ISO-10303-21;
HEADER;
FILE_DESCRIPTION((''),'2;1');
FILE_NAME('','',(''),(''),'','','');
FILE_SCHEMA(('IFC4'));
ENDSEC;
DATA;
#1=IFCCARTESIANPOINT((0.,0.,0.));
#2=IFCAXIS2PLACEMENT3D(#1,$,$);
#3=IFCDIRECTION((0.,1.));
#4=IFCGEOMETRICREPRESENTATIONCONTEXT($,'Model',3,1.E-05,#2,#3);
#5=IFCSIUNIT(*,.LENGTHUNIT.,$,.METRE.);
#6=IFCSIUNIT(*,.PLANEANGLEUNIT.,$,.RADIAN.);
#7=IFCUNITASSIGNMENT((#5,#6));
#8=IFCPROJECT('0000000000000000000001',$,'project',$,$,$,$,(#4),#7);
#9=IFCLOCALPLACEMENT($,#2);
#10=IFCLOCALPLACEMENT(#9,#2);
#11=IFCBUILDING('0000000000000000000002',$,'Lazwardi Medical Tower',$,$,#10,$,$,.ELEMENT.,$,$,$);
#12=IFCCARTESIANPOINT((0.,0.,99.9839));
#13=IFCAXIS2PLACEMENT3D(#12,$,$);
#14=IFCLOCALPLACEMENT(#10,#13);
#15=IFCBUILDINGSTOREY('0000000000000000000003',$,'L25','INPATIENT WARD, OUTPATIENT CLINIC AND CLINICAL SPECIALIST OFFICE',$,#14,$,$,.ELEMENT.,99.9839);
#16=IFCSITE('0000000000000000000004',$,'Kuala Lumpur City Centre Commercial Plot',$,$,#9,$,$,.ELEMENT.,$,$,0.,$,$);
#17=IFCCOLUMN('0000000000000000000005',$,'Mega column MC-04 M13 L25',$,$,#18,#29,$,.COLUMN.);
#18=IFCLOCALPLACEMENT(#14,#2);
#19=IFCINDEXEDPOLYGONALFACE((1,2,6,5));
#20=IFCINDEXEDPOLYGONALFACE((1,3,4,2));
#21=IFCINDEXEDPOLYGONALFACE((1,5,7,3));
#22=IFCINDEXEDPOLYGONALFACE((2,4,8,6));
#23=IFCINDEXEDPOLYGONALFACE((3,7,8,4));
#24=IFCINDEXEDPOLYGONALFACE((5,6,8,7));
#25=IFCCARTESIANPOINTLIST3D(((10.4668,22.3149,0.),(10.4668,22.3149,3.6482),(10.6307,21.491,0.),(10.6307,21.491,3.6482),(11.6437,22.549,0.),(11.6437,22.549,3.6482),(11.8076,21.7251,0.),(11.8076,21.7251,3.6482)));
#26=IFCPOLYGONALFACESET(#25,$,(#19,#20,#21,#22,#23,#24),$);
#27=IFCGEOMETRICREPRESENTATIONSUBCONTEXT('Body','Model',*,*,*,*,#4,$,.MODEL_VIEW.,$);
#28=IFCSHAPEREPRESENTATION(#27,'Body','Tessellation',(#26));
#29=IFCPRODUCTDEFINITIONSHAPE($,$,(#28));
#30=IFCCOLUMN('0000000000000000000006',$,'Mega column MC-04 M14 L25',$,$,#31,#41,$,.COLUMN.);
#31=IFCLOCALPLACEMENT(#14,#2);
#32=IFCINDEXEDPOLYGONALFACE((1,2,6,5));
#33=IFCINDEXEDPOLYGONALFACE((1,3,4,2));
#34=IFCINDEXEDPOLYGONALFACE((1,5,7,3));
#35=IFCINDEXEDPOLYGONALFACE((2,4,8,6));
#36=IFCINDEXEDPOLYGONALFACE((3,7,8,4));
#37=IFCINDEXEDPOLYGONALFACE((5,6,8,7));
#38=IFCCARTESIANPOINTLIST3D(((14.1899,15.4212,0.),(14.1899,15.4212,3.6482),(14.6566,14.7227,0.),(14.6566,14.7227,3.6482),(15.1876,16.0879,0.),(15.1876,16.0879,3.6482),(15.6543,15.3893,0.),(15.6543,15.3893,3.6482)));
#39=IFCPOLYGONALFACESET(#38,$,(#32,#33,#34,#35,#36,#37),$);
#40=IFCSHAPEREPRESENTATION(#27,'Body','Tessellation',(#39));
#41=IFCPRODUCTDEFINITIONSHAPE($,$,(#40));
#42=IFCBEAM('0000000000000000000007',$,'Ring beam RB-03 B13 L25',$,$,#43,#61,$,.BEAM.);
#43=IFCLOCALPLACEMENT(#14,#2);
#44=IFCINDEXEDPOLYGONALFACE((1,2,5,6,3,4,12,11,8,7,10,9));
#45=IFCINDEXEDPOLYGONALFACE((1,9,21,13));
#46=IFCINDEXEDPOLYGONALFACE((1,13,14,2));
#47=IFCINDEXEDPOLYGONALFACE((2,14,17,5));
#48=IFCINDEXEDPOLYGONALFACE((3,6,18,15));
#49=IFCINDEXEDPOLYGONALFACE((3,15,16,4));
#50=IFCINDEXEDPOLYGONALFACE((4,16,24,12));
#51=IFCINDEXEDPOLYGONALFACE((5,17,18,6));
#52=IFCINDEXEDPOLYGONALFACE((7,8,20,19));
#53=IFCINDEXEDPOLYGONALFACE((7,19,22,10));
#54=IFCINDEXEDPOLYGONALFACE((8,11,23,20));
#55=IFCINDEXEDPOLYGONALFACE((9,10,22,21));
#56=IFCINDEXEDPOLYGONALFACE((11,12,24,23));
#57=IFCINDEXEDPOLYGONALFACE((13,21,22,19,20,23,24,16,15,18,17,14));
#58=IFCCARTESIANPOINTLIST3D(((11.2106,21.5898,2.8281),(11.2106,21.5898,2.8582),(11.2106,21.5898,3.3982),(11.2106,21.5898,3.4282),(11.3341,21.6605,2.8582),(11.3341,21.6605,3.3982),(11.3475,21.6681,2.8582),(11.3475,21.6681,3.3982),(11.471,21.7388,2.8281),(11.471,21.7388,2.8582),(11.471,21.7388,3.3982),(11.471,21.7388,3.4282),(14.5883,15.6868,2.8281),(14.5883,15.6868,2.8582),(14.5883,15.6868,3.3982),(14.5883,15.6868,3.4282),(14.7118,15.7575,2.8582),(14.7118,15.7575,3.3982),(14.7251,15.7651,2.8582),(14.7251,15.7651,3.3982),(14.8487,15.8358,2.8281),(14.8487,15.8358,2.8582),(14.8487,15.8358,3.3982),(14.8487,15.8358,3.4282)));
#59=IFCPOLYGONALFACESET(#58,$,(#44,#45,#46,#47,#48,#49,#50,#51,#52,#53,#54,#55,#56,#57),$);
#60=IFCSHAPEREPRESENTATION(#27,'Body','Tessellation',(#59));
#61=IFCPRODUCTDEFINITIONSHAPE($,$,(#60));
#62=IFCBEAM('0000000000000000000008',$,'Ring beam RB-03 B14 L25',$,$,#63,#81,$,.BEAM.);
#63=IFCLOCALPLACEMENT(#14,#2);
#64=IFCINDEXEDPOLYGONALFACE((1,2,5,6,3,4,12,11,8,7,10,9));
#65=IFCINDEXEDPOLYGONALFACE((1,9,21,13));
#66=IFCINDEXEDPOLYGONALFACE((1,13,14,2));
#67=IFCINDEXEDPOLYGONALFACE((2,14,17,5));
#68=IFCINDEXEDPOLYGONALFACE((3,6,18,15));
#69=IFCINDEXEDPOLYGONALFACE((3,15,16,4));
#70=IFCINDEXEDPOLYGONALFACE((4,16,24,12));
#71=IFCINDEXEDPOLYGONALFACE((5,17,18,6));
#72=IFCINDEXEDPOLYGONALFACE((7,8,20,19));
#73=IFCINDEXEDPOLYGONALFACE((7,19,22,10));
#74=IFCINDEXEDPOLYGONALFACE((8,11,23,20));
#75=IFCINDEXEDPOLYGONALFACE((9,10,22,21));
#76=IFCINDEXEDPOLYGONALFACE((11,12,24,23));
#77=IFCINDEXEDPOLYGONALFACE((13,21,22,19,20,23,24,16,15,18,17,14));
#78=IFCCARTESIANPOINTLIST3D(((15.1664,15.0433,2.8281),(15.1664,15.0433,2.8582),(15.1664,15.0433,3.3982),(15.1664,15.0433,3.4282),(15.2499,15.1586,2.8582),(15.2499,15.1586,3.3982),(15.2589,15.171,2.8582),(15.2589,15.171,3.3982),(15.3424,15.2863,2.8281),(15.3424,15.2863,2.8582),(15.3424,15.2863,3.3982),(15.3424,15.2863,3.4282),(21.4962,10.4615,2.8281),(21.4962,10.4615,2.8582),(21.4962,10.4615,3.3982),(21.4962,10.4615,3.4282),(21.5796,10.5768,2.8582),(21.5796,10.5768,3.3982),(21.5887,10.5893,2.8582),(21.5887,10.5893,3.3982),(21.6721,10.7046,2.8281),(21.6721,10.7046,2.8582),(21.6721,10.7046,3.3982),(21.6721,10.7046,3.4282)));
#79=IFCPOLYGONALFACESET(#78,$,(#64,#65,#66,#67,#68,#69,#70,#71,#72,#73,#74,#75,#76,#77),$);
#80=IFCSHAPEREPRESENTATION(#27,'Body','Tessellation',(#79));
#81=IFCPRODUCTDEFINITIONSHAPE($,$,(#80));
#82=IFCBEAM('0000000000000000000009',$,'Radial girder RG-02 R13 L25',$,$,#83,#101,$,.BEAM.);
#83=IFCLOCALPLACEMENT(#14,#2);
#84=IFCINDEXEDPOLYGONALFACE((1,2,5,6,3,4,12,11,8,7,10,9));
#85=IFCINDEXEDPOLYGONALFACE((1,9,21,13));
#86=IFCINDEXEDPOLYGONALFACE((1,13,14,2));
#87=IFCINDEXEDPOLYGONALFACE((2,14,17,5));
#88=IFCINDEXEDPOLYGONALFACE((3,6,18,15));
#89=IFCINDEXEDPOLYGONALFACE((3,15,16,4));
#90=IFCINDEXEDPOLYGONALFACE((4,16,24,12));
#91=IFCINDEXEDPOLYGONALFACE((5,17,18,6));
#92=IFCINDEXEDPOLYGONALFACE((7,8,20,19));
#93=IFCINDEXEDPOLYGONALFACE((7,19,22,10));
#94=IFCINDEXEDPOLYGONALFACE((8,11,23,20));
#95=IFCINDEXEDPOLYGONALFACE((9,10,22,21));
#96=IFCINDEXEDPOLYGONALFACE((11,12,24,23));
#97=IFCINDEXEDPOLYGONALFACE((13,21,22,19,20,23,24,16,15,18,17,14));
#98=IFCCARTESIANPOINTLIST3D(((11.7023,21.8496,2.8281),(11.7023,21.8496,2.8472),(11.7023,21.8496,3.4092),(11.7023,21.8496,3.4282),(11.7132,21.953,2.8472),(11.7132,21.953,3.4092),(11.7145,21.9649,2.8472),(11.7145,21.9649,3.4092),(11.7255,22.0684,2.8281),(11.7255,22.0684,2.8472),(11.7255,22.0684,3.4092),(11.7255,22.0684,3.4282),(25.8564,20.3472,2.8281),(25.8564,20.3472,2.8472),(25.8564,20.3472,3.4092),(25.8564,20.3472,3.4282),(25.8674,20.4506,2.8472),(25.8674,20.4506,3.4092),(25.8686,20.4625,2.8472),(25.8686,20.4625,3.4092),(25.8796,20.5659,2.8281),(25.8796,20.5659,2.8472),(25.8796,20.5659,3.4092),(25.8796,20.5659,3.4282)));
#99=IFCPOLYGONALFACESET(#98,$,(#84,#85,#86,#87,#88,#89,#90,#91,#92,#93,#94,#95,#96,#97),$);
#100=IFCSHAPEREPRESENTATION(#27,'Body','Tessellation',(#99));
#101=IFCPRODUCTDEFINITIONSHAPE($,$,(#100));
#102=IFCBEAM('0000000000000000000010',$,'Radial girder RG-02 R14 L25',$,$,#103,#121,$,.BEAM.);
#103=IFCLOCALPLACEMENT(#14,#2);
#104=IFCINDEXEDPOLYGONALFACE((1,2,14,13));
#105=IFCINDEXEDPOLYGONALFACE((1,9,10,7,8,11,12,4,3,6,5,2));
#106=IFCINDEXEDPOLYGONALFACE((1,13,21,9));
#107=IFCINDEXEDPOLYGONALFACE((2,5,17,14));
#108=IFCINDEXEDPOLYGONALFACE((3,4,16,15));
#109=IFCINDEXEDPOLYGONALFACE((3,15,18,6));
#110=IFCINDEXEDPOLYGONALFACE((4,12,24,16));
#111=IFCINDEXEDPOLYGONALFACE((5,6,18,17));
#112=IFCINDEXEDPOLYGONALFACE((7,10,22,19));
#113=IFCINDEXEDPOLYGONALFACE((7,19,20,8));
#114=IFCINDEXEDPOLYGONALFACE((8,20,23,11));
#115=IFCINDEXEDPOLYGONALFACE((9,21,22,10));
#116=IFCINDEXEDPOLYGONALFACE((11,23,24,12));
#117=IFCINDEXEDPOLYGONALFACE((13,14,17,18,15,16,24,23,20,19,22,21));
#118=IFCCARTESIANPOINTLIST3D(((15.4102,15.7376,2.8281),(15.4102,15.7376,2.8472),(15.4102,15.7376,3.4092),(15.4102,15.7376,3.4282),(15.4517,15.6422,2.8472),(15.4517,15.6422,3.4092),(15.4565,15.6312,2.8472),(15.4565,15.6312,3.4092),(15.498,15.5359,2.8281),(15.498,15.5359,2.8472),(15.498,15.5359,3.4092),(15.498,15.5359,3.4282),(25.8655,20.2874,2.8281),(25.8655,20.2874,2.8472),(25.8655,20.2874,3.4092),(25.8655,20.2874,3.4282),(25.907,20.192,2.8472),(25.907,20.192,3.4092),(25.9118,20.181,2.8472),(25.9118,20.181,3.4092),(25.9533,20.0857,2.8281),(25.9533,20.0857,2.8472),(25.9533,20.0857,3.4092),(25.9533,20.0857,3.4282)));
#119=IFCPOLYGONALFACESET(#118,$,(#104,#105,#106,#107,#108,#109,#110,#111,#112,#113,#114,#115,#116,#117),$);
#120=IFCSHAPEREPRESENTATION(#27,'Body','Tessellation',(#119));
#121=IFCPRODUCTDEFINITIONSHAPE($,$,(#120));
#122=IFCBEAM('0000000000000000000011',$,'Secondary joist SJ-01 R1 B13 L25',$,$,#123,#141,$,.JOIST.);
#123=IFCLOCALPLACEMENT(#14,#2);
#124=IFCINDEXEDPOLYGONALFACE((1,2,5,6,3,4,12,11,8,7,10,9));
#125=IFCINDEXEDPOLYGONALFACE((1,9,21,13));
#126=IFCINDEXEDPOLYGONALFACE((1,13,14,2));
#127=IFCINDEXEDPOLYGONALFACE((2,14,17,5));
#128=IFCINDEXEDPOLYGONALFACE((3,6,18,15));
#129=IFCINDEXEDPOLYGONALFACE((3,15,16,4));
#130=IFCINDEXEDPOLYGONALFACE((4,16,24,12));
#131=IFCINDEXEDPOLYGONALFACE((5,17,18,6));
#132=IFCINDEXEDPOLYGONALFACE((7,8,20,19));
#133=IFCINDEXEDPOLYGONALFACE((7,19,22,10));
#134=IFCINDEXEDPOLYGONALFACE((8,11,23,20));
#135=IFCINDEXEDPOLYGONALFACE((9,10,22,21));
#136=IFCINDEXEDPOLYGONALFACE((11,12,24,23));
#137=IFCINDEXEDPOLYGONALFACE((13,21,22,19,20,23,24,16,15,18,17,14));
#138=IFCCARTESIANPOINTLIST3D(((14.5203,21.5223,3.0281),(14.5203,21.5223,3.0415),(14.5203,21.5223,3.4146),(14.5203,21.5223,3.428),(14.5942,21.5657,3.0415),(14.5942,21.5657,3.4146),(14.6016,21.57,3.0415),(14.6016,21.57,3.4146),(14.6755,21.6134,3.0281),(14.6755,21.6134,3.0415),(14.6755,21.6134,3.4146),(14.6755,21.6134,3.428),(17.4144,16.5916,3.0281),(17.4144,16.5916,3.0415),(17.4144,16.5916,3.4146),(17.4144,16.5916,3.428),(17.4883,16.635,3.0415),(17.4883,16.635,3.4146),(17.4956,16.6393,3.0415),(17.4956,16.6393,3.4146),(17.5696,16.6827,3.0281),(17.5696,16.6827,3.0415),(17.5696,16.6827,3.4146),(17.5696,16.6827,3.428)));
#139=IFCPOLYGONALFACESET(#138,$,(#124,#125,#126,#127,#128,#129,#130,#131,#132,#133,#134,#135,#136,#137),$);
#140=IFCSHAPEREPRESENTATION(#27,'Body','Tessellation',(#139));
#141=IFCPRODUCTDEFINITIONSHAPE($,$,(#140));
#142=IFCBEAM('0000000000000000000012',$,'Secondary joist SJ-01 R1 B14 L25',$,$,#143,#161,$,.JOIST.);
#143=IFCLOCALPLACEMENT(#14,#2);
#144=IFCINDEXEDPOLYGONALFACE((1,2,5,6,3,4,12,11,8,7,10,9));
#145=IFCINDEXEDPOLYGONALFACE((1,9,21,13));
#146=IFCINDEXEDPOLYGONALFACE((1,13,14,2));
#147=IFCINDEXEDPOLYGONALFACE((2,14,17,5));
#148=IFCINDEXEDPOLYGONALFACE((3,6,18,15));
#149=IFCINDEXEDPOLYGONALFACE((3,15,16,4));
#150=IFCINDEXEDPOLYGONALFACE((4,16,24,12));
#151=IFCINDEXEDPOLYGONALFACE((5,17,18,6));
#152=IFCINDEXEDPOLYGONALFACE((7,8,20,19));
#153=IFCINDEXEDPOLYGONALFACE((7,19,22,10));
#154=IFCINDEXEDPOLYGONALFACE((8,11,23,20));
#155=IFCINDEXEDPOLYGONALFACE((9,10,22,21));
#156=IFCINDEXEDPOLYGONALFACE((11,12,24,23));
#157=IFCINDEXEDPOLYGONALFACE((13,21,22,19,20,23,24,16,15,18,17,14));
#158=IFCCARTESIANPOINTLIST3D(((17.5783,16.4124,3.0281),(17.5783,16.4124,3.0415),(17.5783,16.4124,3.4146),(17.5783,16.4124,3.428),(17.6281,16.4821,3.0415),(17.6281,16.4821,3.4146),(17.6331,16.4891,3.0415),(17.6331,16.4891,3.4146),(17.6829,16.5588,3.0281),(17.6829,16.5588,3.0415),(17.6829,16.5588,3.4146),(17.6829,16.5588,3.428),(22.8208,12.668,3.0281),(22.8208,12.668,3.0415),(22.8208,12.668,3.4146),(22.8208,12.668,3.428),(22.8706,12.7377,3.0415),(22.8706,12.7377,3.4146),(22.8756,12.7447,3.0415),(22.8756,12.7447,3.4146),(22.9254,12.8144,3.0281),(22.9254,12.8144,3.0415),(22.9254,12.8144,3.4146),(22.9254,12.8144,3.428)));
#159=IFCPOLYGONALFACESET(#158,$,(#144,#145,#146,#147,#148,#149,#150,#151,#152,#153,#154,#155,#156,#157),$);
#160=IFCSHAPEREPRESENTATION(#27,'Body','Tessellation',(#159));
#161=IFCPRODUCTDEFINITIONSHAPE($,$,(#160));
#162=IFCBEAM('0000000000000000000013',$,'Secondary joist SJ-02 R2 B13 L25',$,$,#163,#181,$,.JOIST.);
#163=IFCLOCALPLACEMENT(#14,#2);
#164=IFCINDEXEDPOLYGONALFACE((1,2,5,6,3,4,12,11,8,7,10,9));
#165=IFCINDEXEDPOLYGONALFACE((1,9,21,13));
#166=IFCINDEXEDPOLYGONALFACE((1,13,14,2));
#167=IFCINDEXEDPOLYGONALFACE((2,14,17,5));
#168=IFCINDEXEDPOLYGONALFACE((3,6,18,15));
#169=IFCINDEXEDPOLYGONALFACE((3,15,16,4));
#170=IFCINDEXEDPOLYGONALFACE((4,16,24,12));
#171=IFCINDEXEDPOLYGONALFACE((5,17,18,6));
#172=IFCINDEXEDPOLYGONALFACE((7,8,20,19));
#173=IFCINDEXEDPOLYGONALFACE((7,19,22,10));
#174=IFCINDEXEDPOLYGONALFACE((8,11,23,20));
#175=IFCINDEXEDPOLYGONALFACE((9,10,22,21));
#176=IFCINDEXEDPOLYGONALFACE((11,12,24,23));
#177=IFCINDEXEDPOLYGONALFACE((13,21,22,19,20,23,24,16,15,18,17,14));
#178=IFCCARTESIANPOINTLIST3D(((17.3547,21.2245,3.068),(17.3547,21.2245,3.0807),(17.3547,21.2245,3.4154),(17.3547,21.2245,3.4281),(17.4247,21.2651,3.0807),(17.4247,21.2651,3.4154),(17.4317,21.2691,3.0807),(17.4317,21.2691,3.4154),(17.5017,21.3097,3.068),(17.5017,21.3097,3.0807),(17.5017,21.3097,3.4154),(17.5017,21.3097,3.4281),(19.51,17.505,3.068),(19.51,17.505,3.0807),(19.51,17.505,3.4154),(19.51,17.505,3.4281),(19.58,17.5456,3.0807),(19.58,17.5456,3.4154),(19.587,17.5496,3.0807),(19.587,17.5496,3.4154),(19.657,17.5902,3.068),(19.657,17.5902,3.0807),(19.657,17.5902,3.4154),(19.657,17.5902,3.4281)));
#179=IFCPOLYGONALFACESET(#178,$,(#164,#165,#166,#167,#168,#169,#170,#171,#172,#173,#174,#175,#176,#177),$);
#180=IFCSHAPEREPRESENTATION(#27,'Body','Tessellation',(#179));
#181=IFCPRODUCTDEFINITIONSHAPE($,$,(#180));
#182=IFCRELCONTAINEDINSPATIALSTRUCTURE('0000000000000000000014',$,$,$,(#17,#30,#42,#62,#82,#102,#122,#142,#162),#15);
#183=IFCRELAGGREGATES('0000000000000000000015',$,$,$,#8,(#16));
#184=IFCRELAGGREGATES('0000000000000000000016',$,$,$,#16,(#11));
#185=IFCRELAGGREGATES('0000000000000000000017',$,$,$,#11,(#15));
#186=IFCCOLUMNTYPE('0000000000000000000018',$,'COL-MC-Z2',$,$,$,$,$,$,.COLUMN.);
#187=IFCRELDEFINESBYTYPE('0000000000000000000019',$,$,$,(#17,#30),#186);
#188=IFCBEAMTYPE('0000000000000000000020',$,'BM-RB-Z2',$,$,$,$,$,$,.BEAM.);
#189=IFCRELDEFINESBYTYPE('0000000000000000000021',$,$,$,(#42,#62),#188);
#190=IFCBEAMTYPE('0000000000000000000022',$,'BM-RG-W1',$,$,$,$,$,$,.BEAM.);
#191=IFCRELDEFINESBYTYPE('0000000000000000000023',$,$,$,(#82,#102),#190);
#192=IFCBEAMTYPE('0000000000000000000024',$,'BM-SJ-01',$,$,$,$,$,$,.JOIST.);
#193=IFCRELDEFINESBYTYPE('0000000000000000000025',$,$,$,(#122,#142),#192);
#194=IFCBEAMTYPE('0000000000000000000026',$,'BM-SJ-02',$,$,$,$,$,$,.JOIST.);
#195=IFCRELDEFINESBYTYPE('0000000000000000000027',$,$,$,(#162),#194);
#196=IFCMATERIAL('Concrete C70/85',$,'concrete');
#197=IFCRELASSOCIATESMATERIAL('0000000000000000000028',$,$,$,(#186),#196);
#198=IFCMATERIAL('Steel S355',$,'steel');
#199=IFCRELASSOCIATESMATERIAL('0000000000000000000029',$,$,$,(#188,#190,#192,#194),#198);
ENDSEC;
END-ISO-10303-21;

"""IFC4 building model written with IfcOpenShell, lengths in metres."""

from ifc_helpers import new_model, si_unit, direction, frame, origin, origin_2d, place, context, subcontext, project, spatial, rectangle, i_section, extrude, material, material_profile, profile_set, type_object, element, save


model = new_model("IFC4")

# Units and contexts
model_context = context("Model", 3, precision=1e-05, world=origin(), true_north=direction((0.0, 1.0)))
body_context = subcontext(model_context, "Body", "Model", "MODEL_VIEW")
ifc_project = project(units=[si_unit("LENGTHUNIT", "METRE"), si_unit("PLANEANGLEUNIT", "RADIAN")], contexts=[model_context])

# Site, building, storey
site_placement = place(None, origin())
site = spatial("IfcSite", under=ifc_project, at=site_placement, Name="Kuala Lumpur City Centre Commercial Plot", CompositionType="ELEMENT", RefElevation=0.0)
building_placement = place(site_placement, origin())
building = spatial("IfcBuilding", under=site, at=building_placement, Name="Lazwardi Medical Tower", CompositionType="ELEMENT")
storey_placement = place(building_placement, frame((0.0, 0.0, 99.9839)))
storey = spatial("IfcBuildingStorey", under=building, at=storey_placement, Name="L25", Description="INPATIENT WARD, OUTPATIENT CLINIC AND CLINICAL SPECIALIST OFFICE", CompositionType="ELEMENT", Elevation=99.9839)

# Columns
ifc_material_1 = material(Name="Concrete C70/85", Category="concrete")
ifc_material_profile_1 = material_profile(ifc_material_1, rectangle(XDim=1.2, YDim=0.8401, at=origin_2d()), Name="CFT-RECT 1200x840")
ifc_profile_set_1 = profile_set([ifc_material_profile_1], Name="Concrete C70/85")
column_type = type_object("IfcColumnType", Name="COL-MC-Z2", PredefinedType="COLUMN", material=ifc_profile_set_1)
for number, where, z_axis, x_axis, name in (
    (1, (11.1372, 22.02, 0.0), (0.0, 0.0, 1.0), (-0.980785, -0.19509, 0.0), "Mega column MC-04 M13 L25"),
    (2, (14.9221, 15.4053, 0.0), (0.0, 0.0, 1.0), (-0.83147, -0.55557, 0.0), "Mega column MC-04 M14 L25"),
):
    element("IfcColumn", number, at=place(storey_placement, frame(where, z_axis=z_axis, x_axis=x_axis)), inside=storey, type_object=column_type, Name=name, PredefinedType="COLUMN", context=body_context, shape_type="SweptSolid", body=[
        extrude(rectangle(XDim=1.2, YDim=0.8401, at=origin_2d()), origin(), (0.0, 0.0, 1.0), 3.6482),
    ])

# Beams
ifc_material_2 = material(Name="Steel S355", Category="steel")
ifc_material_profile_2 = material_profile(ifc_material_2, i_section(OverallWidth=0.3, OverallDepth=0.6001, WebThickness=0.0154, FlangeThickness=0.03, at=origin_2d()), Name="HEB 600")
ifc_profile_set_2 = profile_set([ifc_material_profile_2], Name="Steel S355")
beam_type_1 = type_object("IfcBeamType", Name="BM-RB-Z2", PredefinedType="BEAM", material=ifc_profile_set_2)
beam_1_placement = place(storey_placement, frame((11.3408, 21.6643, 3.1282), z_axis=(0.496638, -0.867958, 0.0), x_axis=(0.867958, 0.496638, 0.0)))
element("IfcBeam", 3, at=beam_1_placement, inside=storey, type_object=beam_type_1, Name="Ring beam RB-03 B13 L25", PredefinedType="BEAM", context=body_context, shape_type="SweptSolid", body=[
    extrude(i_section(OverallWidth=0.3, OverallDepth=0.6001, WebThickness=0.0154, FlangeThickness=0.03, at=origin_2d()), origin(), (0.0, 0.0, 1.0), 6.801),
])
beam_2_placement = place(storey_placement, frame((15.2544, 15.1648, 3.1282), z_axis=(0.810057, -0.586351, 0.0), x_axis=(0.586351, 0.810057, 0.0)))
element("IfcBeam", 4, at=beam_2_placement, inside=storey, type_object=beam_type_1, Name="Ring beam RB-03 B14 L25", PredefinedType="BEAM", context=body_context, shape_type="SweptSolid", body=[
    extrude(i_section(OverallWidth=0.3, OverallDepth=0.6001, WebThickness=0.0154, FlangeThickness=0.03, at=origin_2d()), origin(), (0.0, 0.0, 1.0), 7.814),
])
ifc_material_profile_3 = material_profile(ifc_material_2, i_section(OverallWidth=0.22, OverallDepth=0.6001, WebThickness=0.012, FlangeThickness=0.019, at=origin_2d()), Name="IPE 600")
ifc_profile_set_3 = profile_set([ifc_material_profile_3], Name="Steel S355")
beam_type_2 = type_object("IfcBeamType", Name="BM-RG-W1", PredefinedType="BEAM", material=ifc_profile_set_3)
beam_3_placement = place(storey_placement, frame((11.7139, 21.959, 3.1282), z_axis=(0.994413, -0.105556, 0.0), x_axis=(0.105556, 0.994413, 0.0)))
element("IfcBeam", 5, at=beam_3_placement, inside=storey, type_object=beam_type_2, Name="Radial girder RG-02 R13 L25", PredefinedType="BEAM", context=body_context, shape_type="SweptSolid", body=[
    extrude(i_section(OverallWidth=0.22, OverallDepth=0.6001, WebThickness=0.012, FlangeThickness=0.019, at=origin_2d()), origin(), (0.0, 0.0, 1.0), 14.2336),
])
beam_4_placement = place(storey_placement, frame((15.4541, 15.6367, 3.1282), z_axis=(0.916941, 0.399022, 0.0), x_axis=(-0.399022, 0.916941, 0.0)))
element("IfcBeam", 6, at=beam_4_placement, inside=storey, type_object=beam_type_2, Name="Radial girder RG-02 R14 L25", PredefinedType="BEAM", context=body_context, shape_type="SweptSolid", body=[
    extrude(i_section(OverallWidth=0.22, OverallDepth=0.6001, WebThickness=0.012, FlangeThickness=0.019, at=origin_2d()), origin(), (0.0, 0.0, 1.0), 11.4023),
])
ifc_material_profile_4 = material_profile(ifc_material_2, i_section(OverallWidth=0.1799, OverallDepth=0.3999, WebThickness=0.0085, FlangeThickness=0.0134, at=origin_2d()), Name="IPE 400")
ifc_profile_set_4 = profile_set([ifc_material_profile_4], Name="Steel S355")
beam_type_3 = type_object("IfcBeamType", Name="BM-SJ-01", PredefinedType="JOIST", material=ifc_profile_set_4)
beam_5_placement = place(storey_placement, frame((14.5979, 21.5679, 3.228), z_axis=(0.506195, -0.862419, 0.0), x_axis=(0.862419, 0.506195, 0.0)))
element("IfcBeam", 7, at=beam_5_placement, inside=storey, type_object=beam_type_3, Name="Secondary joist SJ-01 R1 B13 L25", PredefinedType="JOIST", context=body_context, shape_type="SweptSolid", body=[
    extrude(i_section(OverallWidth=0.1799, OverallDepth=0.3999, WebThickness=0.0085, FlangeThickness=0.0134, at=origin_2d()), origin(), (0.0, 0.0, 1.0), 5.7173),
])
beam_6_placement = place(storey_placement, frame((17.6306, 16.4856, 3.228), z_axis=(0.813749, -0.581217, 0.0), x_axis=(0.581217, 0.813749, 0.0)))
element("IfcBeam", 8, at=beam_6_placement, inside=storey, type_object=beam_type_3, Name="Secondary joist SJ-01 R1 B14 L25", PredefinedType="JOIST", context=body_context, shape_type="SweptSolid", body=[
    extrude(i_section(OverallWidth=0.1799, OverallDepth=0.3999, WebThickness=0.0085, FlangeThickness=0.0134, at=origin_2d()), origin(), (0.0, 0.0, 1.0), 6.4424),
])
ifc_material_profile_5 = material_profile(ifc_material_2, i_section(OverallWidth=0.1699, OverallDepth=0.3601, WebThickness=0.0081, FlangeThickness=0.0127, at=origin_2d()), Name="IPE 360")
ifc_profile_set_5 = profile_set([ifc_material_profile_5], Name="Steel S355")
beam_type_4 = type_object("IfcBeamType", Name="BM-SJ-02", PredefinedType="JOIST", material=ifc_profile_set_5)
beam_7_placement = place(storey_placement, frame((17.4282, 21.2671, 3.248), z_axis=(0.501365, -0.865236, 0.0), x_axis=(0.865236, 0.501365, 0.0)))
element("IfcBeam", 9, at=beam_7_placement, inside=storey, type_object=beam_type_4, Name="Secondary joist SJ-02 R2 B13 L25", PredefinedType="JOIST", context=body_context, shape_type="SweptSolid", body=[
    extrude(i_section(OverallWidth=0.1699, OverallDepth=0.3601, WebThickness=0.0081, FlangeThickness=0.0127, at=origin_2d()), origin(), (0.0, 0.0, 1.0), 4.2988),
])

save(model, "model.ifc")
